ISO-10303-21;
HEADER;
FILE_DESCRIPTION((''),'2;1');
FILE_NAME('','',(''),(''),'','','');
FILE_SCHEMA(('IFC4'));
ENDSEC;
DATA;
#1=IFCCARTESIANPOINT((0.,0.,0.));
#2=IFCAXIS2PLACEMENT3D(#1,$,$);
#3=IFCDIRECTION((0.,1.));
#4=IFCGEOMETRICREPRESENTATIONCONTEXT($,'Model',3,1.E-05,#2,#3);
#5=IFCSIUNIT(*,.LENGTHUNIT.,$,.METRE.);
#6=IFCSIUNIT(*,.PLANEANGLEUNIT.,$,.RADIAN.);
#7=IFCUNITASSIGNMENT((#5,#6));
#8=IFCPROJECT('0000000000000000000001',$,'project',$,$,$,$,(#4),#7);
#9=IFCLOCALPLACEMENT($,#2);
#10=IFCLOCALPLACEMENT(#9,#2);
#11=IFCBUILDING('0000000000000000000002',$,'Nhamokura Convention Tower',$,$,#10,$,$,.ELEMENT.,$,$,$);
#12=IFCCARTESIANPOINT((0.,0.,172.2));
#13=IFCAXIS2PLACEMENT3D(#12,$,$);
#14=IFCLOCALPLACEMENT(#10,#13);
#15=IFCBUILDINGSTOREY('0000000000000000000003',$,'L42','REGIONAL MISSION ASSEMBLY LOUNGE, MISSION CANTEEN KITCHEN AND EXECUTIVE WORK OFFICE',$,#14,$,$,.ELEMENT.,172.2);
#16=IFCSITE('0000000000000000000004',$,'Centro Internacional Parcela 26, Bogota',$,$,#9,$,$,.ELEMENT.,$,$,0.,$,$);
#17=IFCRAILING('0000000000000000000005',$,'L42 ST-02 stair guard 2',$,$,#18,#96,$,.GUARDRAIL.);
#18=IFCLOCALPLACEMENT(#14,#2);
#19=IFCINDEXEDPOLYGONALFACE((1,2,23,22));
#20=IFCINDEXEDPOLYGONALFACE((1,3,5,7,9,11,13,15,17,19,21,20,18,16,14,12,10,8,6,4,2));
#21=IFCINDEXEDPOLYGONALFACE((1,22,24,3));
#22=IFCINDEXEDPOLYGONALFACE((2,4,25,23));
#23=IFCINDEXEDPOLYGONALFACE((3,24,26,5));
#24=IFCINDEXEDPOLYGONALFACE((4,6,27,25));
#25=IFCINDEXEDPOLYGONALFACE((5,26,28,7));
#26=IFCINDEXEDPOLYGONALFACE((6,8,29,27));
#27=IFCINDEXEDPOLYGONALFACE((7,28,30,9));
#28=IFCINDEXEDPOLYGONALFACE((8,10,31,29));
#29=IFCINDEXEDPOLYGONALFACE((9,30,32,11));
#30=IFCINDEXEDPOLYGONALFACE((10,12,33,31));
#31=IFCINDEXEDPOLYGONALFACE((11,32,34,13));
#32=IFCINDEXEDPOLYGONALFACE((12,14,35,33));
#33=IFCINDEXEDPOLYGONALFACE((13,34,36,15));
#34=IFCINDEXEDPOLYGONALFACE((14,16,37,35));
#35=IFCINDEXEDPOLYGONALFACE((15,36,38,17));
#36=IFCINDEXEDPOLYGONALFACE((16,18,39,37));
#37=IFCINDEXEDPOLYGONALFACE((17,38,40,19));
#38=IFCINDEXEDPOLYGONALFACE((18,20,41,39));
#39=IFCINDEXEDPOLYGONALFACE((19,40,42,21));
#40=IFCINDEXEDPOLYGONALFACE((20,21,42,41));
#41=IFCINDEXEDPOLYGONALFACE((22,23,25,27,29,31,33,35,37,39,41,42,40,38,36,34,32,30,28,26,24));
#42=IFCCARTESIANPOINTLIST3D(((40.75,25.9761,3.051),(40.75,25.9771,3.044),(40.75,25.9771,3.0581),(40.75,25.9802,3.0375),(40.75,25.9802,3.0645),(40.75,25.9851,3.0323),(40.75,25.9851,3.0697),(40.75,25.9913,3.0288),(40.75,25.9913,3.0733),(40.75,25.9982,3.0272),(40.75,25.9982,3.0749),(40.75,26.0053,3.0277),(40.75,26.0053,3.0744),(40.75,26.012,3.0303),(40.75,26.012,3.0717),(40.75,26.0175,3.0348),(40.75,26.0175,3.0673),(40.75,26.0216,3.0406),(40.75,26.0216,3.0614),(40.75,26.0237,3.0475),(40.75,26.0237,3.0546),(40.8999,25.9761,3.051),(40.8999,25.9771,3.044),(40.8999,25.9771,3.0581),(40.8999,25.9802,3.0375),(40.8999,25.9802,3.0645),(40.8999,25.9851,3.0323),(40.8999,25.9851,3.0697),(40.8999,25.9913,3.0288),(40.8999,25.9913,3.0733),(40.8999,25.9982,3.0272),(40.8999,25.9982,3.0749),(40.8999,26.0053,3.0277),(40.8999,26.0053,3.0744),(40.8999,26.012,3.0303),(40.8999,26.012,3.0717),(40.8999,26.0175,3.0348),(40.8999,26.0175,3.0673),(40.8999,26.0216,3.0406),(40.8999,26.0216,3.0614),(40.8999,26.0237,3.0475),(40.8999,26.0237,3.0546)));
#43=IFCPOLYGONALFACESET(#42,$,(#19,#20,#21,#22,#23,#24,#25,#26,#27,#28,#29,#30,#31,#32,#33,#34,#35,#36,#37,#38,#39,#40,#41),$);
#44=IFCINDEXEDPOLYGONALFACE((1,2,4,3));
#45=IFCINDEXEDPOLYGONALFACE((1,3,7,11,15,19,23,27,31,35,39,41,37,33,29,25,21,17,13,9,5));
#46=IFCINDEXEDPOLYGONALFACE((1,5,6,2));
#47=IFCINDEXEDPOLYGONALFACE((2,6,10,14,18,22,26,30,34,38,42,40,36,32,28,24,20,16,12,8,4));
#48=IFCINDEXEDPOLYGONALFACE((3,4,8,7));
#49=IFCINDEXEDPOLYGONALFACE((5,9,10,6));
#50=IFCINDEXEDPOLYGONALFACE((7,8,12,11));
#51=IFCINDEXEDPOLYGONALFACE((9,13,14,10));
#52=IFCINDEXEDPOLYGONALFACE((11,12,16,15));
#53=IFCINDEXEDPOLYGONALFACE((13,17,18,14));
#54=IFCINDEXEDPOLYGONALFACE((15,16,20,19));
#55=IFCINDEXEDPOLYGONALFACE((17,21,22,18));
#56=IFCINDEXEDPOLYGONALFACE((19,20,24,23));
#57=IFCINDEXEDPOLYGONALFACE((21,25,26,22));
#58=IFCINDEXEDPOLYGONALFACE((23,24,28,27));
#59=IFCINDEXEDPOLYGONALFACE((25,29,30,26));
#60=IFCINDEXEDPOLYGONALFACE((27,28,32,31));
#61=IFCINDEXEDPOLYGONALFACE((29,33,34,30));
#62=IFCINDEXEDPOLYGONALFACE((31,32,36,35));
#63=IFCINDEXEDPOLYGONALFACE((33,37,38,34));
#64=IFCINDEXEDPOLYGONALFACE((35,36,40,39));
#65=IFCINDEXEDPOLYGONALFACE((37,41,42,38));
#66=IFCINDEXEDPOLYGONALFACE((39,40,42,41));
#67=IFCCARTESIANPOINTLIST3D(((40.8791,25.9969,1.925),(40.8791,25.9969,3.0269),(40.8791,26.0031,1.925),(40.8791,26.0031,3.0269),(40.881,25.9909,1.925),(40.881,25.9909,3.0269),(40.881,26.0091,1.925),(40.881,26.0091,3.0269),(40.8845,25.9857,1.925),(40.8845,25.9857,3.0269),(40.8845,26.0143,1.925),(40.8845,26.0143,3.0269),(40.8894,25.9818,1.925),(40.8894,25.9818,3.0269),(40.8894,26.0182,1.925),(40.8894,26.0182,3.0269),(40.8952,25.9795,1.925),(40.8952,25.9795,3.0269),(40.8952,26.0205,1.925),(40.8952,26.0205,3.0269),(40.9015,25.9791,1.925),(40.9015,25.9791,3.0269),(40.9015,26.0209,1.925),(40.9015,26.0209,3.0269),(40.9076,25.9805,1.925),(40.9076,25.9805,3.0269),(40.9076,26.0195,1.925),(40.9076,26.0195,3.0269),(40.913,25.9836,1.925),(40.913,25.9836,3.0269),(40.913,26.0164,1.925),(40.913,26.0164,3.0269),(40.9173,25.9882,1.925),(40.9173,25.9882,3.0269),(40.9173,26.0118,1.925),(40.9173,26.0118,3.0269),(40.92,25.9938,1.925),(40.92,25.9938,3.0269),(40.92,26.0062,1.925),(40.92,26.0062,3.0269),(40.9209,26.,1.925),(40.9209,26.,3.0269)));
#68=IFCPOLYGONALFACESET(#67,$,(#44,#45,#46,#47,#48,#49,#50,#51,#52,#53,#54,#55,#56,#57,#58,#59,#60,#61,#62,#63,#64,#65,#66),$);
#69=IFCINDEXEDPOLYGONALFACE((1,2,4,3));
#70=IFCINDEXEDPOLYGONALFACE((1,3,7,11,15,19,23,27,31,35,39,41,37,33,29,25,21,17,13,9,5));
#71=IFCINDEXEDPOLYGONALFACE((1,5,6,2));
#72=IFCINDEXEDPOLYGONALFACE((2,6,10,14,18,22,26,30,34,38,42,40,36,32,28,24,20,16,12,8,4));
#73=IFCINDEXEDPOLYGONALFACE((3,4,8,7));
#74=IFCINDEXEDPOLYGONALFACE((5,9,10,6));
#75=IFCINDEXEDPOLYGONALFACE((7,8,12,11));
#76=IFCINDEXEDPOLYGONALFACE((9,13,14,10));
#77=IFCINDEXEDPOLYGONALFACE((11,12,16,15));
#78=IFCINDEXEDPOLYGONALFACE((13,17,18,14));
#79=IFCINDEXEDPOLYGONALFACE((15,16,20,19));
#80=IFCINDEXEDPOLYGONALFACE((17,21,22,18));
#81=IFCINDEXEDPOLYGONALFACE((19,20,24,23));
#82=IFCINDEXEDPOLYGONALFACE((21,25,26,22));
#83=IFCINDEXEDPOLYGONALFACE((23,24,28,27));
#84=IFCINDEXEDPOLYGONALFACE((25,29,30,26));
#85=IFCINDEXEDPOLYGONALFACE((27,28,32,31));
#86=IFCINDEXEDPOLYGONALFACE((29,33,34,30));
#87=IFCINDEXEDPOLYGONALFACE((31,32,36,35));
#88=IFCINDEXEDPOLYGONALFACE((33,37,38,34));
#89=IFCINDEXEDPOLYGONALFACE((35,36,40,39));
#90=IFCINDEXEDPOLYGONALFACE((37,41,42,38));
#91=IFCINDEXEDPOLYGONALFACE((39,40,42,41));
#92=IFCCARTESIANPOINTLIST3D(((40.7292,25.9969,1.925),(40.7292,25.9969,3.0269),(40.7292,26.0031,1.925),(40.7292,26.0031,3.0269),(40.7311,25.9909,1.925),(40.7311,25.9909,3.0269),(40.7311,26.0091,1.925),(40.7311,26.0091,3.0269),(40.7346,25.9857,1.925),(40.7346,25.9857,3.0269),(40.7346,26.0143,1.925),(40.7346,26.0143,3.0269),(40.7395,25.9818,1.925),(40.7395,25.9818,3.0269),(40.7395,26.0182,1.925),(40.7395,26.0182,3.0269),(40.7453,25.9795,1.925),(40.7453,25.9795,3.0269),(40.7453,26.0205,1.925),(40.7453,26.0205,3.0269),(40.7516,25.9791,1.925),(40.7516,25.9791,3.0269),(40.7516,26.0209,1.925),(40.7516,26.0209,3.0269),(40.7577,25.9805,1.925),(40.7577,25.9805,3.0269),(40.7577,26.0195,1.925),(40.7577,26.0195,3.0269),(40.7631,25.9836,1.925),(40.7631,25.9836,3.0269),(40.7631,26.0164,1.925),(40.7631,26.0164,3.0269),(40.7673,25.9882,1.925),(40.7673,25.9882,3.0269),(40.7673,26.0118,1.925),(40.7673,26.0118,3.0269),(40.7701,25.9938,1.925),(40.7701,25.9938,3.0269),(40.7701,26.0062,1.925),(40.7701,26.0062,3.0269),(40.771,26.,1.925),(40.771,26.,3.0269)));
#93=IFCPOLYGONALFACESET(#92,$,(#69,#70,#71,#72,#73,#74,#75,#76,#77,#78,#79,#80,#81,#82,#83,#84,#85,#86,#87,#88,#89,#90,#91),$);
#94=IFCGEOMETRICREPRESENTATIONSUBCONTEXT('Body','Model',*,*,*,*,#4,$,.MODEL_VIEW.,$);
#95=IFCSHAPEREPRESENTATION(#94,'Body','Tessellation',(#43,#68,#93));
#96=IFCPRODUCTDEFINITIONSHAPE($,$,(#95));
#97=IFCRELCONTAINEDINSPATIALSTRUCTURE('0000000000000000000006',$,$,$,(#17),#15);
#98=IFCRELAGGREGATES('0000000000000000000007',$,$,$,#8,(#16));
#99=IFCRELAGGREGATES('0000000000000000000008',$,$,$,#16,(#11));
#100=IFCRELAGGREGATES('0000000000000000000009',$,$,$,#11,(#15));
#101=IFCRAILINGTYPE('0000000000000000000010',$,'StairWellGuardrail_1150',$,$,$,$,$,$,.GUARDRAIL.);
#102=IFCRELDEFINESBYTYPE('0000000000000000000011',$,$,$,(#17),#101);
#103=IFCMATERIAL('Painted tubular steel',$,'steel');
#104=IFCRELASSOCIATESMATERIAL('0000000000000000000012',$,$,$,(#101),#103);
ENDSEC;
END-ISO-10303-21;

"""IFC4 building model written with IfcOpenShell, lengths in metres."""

from ifc_helpers import new_model, si_unit, direction, frame, origin, origin_2d, place, context, subcontext, project, spatial, circle, extrude, material, type_object, element, save


model = new_model("IFC4")

# Units and contexts
model_context = context("Model", 3, precision=1e-05, world=origin(), true_north=direction((0.0, 1.0)))
body_context = subcontext(model_context, "Body", "Model", "MODEL_VIEW")
ifc_project = project(units=[si_unit("LENGTHUNIT", "METRE"), si_unit("PLANEANGLEUNIT", "RADIAN")], contexts=[model_context])

# Site, building, storey
site_placement = place(None, origin())
site = spatial("IfcSite", under=ifc_project, at=site_placement, Name="Centro Internacional Parcela 26, Bogota", CompositionType="ELEMENT", RefElevation=0.0)
building_placement = place(site_placement, origin())
building = spatial("IfcBuilding", under=site, at=building_placement, Name="Nhamokura Convention Tower", CompositionType="ELEMENT")
storey_placement = place(building_placement, frame((0.0, 0.0, 172.2)))
storey = spatial("IfcBuildingStorey", under=building, at=storey_placement, Name="L42", Description="REGIONAL MISSION ASSEMBLY LOUNGE, MISSION CANTEEN KITCHEN AND EXECUTIVE WORK OFFICE", CompositionType="ELEMENT", Elevation=172.2)

# Railing
ifc_material_1 = material(Name="Painted tubular steel", Category="steel")
railing_type_1 = type_object("IfcRailingType", Name="StairWellGuardrail_1150", PredefinedType="GUARDRAIL", material=ifc_material_1)
railing_1_placement = place(storey_placement, frame((40.8999, 26.0, 1.925)))
element("IfcRailing", 1, at=railing_1_placement, inside=storey, type_object=railing_type_1, Name="L42 ST-02 stair guard 2", PredefinedType="GUARDRAIL", context=body_context, shape_type="SweptSolid", body=[
    extrude(circle(Radius=0.0239, at=origin_2d()), frame((0.0, 0.0, 1.126), z_axis=(-1.0, 0.0, 0.0), x_axis=(0.0, -1.0, 0.0)), (0.0, 0.0, 1.0), 0.1499),
    extrude(circle(Radius=0.021, at=origin_2d()), origin(), (0.0, 0.0, 1.0), 1.1018),
    extrude(circle(Radius=0.021, at=origin_2d()), frame((-0.1499, 0.0, 0.0)), (0.0, 0.0, 1.0), 1.1018),
])

save(model, "model.ifc")
